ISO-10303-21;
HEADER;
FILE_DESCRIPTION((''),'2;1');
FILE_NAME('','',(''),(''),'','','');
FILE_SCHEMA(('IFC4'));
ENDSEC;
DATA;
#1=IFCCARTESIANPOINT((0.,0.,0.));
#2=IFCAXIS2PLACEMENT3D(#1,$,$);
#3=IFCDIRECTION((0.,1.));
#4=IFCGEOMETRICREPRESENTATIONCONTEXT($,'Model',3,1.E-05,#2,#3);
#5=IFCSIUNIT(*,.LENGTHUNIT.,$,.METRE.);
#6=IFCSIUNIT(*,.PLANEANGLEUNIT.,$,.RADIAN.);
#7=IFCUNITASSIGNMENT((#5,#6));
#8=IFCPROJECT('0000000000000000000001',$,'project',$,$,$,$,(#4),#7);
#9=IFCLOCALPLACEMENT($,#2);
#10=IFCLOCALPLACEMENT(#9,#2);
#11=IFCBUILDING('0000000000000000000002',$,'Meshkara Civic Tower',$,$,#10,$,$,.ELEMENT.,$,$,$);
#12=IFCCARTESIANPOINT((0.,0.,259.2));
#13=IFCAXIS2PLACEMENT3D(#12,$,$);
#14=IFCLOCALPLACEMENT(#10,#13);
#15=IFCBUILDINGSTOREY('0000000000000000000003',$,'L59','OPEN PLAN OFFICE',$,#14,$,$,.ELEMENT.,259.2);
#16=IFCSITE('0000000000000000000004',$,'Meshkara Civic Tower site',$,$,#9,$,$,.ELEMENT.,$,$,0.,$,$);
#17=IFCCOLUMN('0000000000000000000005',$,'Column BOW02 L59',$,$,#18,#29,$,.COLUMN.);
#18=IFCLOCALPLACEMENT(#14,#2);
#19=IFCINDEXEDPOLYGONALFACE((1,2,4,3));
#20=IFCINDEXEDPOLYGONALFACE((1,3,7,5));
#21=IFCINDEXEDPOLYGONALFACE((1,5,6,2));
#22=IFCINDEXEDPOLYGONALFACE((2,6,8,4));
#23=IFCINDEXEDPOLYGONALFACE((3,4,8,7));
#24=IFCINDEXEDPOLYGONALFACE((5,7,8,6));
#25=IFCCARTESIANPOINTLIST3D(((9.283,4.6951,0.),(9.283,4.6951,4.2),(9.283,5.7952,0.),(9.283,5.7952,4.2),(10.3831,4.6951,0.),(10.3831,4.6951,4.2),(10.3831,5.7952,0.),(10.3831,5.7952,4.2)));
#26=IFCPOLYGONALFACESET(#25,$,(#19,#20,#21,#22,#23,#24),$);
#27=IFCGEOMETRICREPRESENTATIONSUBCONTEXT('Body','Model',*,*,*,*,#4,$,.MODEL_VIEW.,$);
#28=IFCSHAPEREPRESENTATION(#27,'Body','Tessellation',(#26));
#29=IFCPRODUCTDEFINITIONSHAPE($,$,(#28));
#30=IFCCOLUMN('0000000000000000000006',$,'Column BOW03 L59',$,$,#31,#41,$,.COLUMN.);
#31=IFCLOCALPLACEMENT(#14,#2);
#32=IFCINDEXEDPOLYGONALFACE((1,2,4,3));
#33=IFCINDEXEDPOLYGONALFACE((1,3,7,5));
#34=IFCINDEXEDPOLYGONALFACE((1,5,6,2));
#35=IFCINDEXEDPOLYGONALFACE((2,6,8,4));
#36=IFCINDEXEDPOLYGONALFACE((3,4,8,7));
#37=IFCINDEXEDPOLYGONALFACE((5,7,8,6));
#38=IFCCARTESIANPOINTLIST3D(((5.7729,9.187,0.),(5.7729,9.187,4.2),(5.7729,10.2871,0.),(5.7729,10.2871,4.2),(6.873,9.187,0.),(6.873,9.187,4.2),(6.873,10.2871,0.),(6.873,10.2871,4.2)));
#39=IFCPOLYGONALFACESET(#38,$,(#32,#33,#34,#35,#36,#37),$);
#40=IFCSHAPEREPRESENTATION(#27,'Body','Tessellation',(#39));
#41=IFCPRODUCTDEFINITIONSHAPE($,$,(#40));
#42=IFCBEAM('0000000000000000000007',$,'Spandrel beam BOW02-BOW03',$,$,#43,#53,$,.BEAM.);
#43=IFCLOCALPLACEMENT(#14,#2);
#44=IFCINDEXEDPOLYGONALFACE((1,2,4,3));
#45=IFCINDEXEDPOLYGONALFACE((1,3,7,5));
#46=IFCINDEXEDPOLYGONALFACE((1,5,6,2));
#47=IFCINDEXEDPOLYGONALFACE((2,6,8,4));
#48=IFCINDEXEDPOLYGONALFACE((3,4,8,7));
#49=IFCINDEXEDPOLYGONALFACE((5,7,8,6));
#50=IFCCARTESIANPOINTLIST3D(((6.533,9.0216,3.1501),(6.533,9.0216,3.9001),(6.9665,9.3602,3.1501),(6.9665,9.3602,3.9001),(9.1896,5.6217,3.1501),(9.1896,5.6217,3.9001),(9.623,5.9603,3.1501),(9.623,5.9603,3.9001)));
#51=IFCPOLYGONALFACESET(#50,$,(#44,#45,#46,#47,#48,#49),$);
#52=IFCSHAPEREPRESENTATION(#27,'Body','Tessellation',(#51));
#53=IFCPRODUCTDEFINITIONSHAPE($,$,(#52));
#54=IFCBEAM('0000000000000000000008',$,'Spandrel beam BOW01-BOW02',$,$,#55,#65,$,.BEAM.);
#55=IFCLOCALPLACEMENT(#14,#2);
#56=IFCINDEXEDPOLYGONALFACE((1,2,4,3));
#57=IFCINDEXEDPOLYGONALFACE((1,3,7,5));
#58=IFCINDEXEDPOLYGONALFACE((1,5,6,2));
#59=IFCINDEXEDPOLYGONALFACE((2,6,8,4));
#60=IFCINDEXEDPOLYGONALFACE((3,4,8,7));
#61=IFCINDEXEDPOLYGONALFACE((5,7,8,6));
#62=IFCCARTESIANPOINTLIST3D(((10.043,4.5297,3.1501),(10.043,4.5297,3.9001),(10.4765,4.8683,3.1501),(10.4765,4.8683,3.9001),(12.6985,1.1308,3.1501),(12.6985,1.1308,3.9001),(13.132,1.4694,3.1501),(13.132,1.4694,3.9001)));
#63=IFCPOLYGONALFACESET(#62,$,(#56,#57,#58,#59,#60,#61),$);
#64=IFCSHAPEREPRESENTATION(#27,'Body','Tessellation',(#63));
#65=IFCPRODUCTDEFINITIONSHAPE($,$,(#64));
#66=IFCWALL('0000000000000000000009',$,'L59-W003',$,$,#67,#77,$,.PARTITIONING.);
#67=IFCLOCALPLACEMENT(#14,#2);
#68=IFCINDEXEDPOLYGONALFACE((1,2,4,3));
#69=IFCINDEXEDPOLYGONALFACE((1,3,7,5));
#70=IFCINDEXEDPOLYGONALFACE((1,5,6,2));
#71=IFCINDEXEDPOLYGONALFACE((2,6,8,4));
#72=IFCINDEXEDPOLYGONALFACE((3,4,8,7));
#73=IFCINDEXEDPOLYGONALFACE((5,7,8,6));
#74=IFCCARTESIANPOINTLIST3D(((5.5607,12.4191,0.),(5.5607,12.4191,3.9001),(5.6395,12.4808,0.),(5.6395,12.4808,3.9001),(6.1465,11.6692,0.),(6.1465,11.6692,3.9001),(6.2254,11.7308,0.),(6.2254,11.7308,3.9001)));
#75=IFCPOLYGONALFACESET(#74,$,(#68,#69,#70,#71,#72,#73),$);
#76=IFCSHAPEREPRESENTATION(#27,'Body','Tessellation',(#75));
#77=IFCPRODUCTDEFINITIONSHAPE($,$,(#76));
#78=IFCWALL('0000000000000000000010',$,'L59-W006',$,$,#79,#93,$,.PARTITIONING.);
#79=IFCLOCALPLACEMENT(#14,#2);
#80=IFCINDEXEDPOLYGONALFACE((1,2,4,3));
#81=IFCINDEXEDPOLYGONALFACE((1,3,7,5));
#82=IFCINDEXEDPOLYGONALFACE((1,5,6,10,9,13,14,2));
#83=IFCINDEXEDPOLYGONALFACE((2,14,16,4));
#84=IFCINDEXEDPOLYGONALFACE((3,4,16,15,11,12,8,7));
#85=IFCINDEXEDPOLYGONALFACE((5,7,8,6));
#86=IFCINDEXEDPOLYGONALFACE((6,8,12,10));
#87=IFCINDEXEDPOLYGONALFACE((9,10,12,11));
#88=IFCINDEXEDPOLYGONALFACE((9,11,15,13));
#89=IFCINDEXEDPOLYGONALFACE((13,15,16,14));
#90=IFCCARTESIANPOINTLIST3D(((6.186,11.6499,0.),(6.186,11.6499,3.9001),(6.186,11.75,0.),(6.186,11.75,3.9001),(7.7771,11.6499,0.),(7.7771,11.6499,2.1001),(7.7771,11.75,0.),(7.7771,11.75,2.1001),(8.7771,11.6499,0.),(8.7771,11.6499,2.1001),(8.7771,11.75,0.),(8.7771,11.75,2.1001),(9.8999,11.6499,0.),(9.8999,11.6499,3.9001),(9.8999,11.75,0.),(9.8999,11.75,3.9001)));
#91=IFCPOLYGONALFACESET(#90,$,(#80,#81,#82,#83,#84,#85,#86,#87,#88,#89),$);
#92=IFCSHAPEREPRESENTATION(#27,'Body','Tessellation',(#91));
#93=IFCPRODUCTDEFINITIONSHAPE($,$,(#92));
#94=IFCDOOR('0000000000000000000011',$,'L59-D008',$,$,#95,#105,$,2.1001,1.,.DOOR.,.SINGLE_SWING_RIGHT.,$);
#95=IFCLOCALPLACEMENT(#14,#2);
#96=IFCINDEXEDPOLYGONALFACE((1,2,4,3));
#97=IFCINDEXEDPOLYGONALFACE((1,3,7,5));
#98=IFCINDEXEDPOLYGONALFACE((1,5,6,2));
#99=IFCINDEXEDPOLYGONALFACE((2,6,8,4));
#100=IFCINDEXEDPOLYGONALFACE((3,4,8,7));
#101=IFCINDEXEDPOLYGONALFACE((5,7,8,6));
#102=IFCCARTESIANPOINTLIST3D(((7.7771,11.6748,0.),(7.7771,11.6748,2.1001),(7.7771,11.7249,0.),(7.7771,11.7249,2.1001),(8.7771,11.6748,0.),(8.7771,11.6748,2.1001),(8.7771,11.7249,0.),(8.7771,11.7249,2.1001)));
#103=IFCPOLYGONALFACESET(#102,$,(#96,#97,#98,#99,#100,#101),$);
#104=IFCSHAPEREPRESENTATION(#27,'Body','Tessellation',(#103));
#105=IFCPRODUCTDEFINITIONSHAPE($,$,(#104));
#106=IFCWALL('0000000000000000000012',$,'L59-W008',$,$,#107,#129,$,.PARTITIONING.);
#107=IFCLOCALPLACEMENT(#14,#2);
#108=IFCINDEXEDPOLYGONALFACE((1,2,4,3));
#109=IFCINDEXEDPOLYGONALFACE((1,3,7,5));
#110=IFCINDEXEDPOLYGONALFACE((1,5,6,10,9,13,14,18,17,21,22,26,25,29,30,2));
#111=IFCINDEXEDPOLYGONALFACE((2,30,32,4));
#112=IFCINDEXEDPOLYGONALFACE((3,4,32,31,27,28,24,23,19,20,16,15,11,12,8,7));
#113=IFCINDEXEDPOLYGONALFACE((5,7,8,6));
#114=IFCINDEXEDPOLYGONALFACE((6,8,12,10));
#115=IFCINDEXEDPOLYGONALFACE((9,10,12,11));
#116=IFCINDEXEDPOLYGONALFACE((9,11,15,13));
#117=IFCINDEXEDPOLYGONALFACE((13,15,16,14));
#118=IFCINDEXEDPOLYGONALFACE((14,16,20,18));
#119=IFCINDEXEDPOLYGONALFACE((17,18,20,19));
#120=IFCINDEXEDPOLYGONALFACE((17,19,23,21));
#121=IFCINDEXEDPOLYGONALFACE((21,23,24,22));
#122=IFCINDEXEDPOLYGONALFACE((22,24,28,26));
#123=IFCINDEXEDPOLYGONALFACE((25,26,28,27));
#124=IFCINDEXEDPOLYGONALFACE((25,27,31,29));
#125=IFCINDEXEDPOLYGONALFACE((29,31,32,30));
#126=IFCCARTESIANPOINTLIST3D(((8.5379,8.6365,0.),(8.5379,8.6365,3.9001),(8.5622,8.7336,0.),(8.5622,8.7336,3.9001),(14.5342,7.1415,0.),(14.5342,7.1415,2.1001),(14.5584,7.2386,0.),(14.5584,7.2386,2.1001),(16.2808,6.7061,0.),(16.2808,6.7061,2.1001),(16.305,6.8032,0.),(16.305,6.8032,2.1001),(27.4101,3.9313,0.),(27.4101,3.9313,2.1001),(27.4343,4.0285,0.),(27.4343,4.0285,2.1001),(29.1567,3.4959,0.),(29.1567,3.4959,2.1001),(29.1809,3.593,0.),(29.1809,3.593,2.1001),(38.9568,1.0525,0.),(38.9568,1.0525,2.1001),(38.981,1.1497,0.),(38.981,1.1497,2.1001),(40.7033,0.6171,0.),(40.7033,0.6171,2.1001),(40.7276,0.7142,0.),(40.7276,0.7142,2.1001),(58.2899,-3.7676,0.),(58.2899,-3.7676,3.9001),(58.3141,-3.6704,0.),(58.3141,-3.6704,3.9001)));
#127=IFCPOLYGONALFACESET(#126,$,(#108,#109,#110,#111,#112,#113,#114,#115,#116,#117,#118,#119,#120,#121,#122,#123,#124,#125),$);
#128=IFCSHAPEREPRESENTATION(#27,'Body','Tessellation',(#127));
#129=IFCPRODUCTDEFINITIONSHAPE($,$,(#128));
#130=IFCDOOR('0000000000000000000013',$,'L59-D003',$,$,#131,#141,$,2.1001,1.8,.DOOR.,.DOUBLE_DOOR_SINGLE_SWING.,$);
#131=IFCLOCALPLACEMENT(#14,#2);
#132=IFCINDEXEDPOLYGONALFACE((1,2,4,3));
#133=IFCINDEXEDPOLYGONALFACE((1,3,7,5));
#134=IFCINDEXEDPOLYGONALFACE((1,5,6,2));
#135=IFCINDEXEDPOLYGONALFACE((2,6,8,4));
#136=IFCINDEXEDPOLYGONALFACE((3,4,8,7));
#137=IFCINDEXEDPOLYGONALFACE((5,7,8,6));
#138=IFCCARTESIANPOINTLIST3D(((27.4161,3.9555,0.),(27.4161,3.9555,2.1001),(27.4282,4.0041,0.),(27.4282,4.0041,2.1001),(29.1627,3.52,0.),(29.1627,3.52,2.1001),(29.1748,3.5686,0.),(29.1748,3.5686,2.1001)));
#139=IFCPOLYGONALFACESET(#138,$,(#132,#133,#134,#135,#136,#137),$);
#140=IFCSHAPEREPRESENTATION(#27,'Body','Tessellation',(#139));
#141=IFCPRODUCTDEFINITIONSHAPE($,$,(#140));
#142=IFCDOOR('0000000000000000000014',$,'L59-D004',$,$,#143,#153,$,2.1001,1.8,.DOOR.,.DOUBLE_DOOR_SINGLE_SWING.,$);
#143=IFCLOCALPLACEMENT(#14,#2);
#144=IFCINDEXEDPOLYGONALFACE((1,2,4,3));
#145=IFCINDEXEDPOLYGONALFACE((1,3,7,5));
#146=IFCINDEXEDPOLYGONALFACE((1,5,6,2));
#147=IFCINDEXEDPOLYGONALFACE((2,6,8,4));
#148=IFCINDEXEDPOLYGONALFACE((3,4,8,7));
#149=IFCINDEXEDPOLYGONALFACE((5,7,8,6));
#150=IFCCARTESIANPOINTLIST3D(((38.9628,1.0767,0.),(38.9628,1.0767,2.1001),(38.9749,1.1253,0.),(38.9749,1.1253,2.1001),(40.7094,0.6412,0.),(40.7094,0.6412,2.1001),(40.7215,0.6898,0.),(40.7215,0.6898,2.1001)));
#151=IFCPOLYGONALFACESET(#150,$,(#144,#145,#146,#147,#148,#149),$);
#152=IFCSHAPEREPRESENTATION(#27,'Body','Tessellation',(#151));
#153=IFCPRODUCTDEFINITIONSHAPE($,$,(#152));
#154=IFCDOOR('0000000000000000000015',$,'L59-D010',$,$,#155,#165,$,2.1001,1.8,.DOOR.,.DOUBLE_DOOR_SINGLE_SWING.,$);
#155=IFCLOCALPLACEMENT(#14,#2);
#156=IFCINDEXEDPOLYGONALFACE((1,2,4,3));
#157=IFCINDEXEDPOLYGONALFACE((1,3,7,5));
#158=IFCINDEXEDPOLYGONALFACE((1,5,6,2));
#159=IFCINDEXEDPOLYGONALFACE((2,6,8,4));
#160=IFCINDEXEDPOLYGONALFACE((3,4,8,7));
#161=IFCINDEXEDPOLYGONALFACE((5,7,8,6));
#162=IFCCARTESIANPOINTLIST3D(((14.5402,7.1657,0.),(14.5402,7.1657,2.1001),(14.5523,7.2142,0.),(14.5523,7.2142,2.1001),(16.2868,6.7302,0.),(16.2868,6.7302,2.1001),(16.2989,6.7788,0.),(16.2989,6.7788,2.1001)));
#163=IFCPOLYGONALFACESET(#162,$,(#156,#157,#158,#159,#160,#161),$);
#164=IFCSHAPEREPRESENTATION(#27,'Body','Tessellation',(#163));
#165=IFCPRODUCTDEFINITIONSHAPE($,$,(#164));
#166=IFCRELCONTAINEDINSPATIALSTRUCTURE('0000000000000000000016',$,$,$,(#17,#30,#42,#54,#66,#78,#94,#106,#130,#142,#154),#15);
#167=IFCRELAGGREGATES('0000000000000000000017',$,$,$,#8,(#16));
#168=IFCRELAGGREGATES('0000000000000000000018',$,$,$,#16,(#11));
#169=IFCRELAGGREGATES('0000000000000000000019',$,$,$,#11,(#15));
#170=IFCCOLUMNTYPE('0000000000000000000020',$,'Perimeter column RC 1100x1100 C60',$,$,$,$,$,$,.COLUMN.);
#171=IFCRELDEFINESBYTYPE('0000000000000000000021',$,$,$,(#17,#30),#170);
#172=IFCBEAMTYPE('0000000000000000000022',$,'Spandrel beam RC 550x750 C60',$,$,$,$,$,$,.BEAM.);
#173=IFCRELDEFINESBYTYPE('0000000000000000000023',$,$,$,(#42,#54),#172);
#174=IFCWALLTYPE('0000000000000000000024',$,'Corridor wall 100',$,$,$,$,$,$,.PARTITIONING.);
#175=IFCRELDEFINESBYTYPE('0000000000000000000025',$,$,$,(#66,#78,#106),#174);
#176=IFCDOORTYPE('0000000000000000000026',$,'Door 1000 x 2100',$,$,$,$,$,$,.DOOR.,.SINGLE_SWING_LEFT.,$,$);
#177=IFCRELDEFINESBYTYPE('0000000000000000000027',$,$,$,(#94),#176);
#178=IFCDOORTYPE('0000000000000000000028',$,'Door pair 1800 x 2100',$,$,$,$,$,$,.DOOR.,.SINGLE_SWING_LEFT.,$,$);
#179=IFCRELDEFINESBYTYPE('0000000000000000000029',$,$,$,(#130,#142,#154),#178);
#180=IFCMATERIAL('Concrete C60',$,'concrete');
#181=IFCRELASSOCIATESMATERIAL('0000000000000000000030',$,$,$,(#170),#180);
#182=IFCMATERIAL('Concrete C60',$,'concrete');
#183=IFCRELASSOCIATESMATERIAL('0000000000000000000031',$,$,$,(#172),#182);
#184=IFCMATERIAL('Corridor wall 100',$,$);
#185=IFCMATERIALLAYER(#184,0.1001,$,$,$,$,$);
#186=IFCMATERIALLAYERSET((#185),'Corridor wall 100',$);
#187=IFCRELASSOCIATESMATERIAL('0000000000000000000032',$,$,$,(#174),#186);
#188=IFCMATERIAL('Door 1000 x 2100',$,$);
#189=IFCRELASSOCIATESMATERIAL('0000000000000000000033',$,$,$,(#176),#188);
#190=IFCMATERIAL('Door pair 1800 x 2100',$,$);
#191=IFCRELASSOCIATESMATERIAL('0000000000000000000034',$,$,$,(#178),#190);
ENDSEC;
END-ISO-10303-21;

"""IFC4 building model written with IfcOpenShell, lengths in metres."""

from ifc_helpers import new_model, si_unit, direction, frame, frame_2d, origin, origin_2d, place, context, subcontext, project, spatial, rectangle, extrude, material, layer, layer_set, material_profile, profile_set, type_object, element, fill, save


model = new_model("IFC4")

# Units and contexts
model_context = context("Model", 3, precision=1e-05, world=origin(), true_north=direction((0.0, 1.0)))
body_context = subcontext(model_context, "Body", "Model", "MODEL_VIEW")
ifc_project = project(units=[si_unit("LENGTHUNIT", "METRE"), si_unit("PLANEANGLEUNIT", "RADIAN")], contexts=[model_context])

# Site, building, storey
site_placement = place(None, origin())
site = spatial("IfcSite", under=ifc_project, at=site_placement, Name="Meshkara Civic Tower site", CompositionType="ELEMENT", RefElevation=0.0)
building_placement = place(site_placement, origin())
building = spatial("IfcBuilding", under=site, at=building_placement, Name="Meshkara Civic Tower", CompositionType="ELEMENT")
storey_placement = place(building_placement, frame((0.0, 0.0, 259.2)))
storey = spatial("IfcBuildingStorey", under=building, at=storey_placement, Name="L59", Description="OPEN PLAN OFFICE", CompositionType="ELEMENT", Elevation=259.2)

# Columns
ifc_material_1 = material(Name="Concrete C60", Category="concrete")
ifc_material_profile_1 = material_profile(ifc_material_1, rectangle(XDim=1.1001, YDim=1.1001, at=origin_2d()))
ifc_profile_set_1 = profile_set([ifc_material_profile_1], Name="Concrete C60")
column_type = type_object("IfcColumnType", Name="Perimeter column RC 1100x1100 C60", PredefinedType="COLUMN", material=ifc_profile_set_1)
for number, where, z_axis, x_axis, name in (
    (1, (9.833, 5.2451, 0.0), (0.0, 0.0, 1.0), (1.0, 0.0, 0.0), "Column BOW02 L59"),
    (2, (6.323, 9.7371, 0.0), (0.0, 0.0, 1.0), (1.0, 0.0, 0.0), "Column BOW03 L59"),
):
    element("IfcColumn", number, at=place(storey_placement, frame(where, z_axis=z_axis, x_axis=x_axis)), inside=storey, type_object=column_type, Name=name, PredefinedType="COLUMN", context=body_context, shape_type="SweptSolid", body=[
        extrude(rectangle(XDim=1.1001, YDim=1.1001, at=origin_2d()), origin(), (0.0, 0.0, 1.0), 4.2),
    ])

# Beams
ifc_material_2 = material(Name="Concrete C60", Category="concrete")
ifc_material_profile_2 = material_profile(ifc_material_2, rectangle(XDim=0.55, YDim=0.75, at=origin_2d()))
ifc_profile_set_2 = profile_set([ifc_material_profile_2], Name="Concrete C60")
beam_type = type_object("IfcBeamType", Name="Spandrel beam RC 550x750 C60", PredefinedType="BEAM", material=ifc_profile_set_2)
beam_1_placement = place(storey_placement, frame((6.7498, 9.1909, 3.5251), z_axis=(0.61569, -0.787988, 0.0), x_axis=(0.787988, 0.61569, 0.0)))
element("IfcBeam", 3, at=beam_1_placement, inside=storey, type_object=beam_type, Name="Spandrel beam BOW02-BOW03", PredefinedType="BEAM", context=body_context, shape_type="SweptSolid", body=[
    extrude(rectangle(XDim=0.55, YDim=0.75, at=origin_2d()), origin(), (0.0, 0.0, 1.0), 4.3147),
])
beam_2_placement = place(storey_placement, frame((10.2598, 4.699, 3.5251), z_axis=(0.615659, -0.788012, 0.0), x_axis=(0.788012, 0.615659, 0.0)))
element("IfcBeam", 4, at=beam_2_placement, inside=storey, type_object=beam_type, Name="Spandrel beam BOW01-BOW02", PredefinedType="BEAM", context=body_context, shape_type="SweptSolid", body=[
    extrude(rectangle(XDim=0.55, YDim=0.75, at=origin_2d()), origin(), (0.0, 0.0, 1.0), 4.3132),
])

# Wall
ifc_material_3 = material(Name="Corridor wall 100")
ifc_layer_1 = layer(ifc_material_3, 0.1001)
ifc_layer_set_1 = layer_set([ifc_layer_1], Name="Corridor wall 100")
wall_type_1 = type_object("IfcWallType", Name="Corridor wall 100", PredefinedType="PARTITIONING", material=ifc_layer_set_1)
wall_1_placement = place(storey_placement, frame((5.6001, 12.45, 0.0), z_axis=(0.0, 0.0, 1.0), x_axis=(0.615644, -0.788024, 0.0)))
element("IfcWall", 5, at=wall_1_placement, inside=storey, type_object=wall_type_1, Name="L59-W003", PredefinedType="PARTITIONING", context=body_context, shape_type="SweptSolid", body=[
    extrude(rectangle(XDim=0.9517, YDim=0.1001, at=frame_2d((0.4758, 0.0))), origin(), (0.0, 0.0, 1.0), 3.9001),
])

# Wall, opening, door
wall_2_placement = place(storey_placement, frame((6.186, 11.7, 0.0), z_axis=(0.0, 0.0, 1.0), x_axis=(1.0, 0.0, 0.0)))
wall_2 = element("IfcWall", 6, at=wall_2_placement, inside=storey, type_object=wall_type_1, Name="L59-W006", PredefinedType="PARTITIONING", context=body_context, shape_type="SweptSolid", body=[
    extrude(rectangle(XDim=3.7139, YDim=0.1001, at=frame_2d((1.8569, 0.0))), origin(), (0.0, 0.0, 1.0), 3.9001),
])
opening_1_placement = place(wall_2_placement, frame((1.5911, 0.0, 0.0)))
opening_1 = element("IfcOpeningElement", 7, at=opening_1_placement, cuts=wall_2, PredefinedType="OPENING", context=body_context, shape_type="SweptSolid", body=[
    extrude(rectangle(XDim=1.0, YDim=2.1001, at=frame_2d((0.5, 1.05))), frame((0.0, 0.0601, 0.0), z_axis=(0.0, -1.0, 0.0), x_axis=(1.0, 0.0, 0.0)), (0.0, 0.0, 1.0), 0.1201),
])
ifc_material_4 = material(Name="Door 1000 x 2100")
door_type_1 = type_object("IfcDoorType", Name="Door 1000 x 2100", OperationType="SINGLE_SWING_LEFT", PredefinedType="DOOR", material=ifc_material_4)
door_1_placement = place(opening_1_placement, origin())
door_1 = element("IfcDoor", 8, at=door_1_placement, inside=storey, type_object=door_type_1, Name="L59-D008", OperationType="SINGLE_SWING_RIGHT", OverallHeight=2.1001, OverallWidth=1.0, PredefinedType="DOOR", context=body_context, shape_type="SweptSolid", body=[
    extrude(rectangle(XDim=1.0, YDim=2.1001, at=frame_2d((0.5, 1.05))), frame((0.0, 0.0249, 0.0), z_axis=(0.0, -1.0, 0.0), x_axis=(1.0, 0.0, 0.0)), (0.0, 0.0, 1.0), 0.05),
])
fill(opening_1, door_1)

# Wall, openings, doors
wall_3_placement = place(storey_placement, frame((8.55, 8.6851, 0.0), z_axis=(0.0, 0.0, 1.0), x_axis=(0.970298, -0.241913, 0.0)))
wall_3 = element("IfcWall", 9, at=wall_3_placement, inside=storey, type_object=wall_type_1, Name="L59-W008", PredefinedType="PARTITIONING", context=body_context, shape_type="SweptSolid", body=[
    extrude(rectangle(XDim=51.2749, YDim=0.1001, at=frame_2d((25.6375, 0.0))), origin(), (0.0, 0.0, 1.0), 3.9001),
])
opening_2_placement = place(wall_3_placement, frame((19.45, 0.0, 0.0)))
opening_2 = element("IfcOpeningElement", 10, at=opening_2_placement, cuts=wall_3, PredefinedType="OPENING", context=body_context, shape_type="SweptSolid", body=[
    extrude(rectangle(XDim=1.8, YDim=2.1001, at=frame_2d((0.8999, 1.05))), frame((0.0, 0.0601, 0.0), z_axis=(0.0, -1.0, 0.0), x_axis=(1.0, 0.0, 0.0)), (0.0, 0.0, 1.0), 0.1201),
])
opening_3_placement = place(wall_3_placement, frame((31.3501, 0.0, 0.0)))
opening_3 = element("IfcOpeningElement", 11, at=opening_3_placement, cuts=wall_3, PredefinedType="OPENING", context=body_context, shape_type="SweptSolid", body=[
    extrude(rectangle(XDim=1.8, YDim=2.1001, at=frame_2d((0.8999, 1.05))), frame((0.0, 0.0601, 0.0), z_axis=(0.0, -1.0, 0.0), x_axis=(1.0, 0.0, 0.0)), (0.0, 0.0, 1.0), 0.1201),
])
opening_4_placement = place(wall_3_placement, frame((6.1799, 0.0, 0.0)))
opening_4 = element("IfcOpeningElement", 12, at=opening_4_placement, cuts=wall_3, PredefinedType="OPENING", context=body_context, shape_type="SweptSolid", body=[
    extrude(rectangle(XDim=1.8, YDim=2.1001, at=frame_2d((0.8999, 1.05))), frame((0.0, 0.0601, 0.0), z_axis=(0.0, -1.0, 0.0), x_axis=(1.0, 0.0, 0.0)), (0.0, 0.0, 1.0), 0.1201),
])
ifc_material_5 = material(Name="Door pair 1800 x 2100")
door_type_2 = type_object("IfcDoorType", Name="Door pair 1800 x 2100", OperationType="SINGLE_SWING_LEFT", PredefinedType="DOOR", material=ifc_material_5)
door_2_placement = place(opening_2_placement, origin())
door_2 = element("IfcDoor", 13, at=door_2_placement, inside=storey, type_object=door_type_2, Name="L59-D003", OperationType="DOUBLE_DOOR_SINGLE_SWING", OverallHeight=2.1001, OverallWidth=1.8, PredefinedType="DOOR", context=body_context, shape_type="SweptSolid", body=[
    extrude(rectangle(XDim=1.8, YDim=2.1001, at=frame_2d((0.8999, 1.05))), frame((0.0, 0.0249, 0.0), z_axis=(0.0, -1.0, 0.0), x_axis=(1.0, 0.0, 0.0)), (0.0, 0.0, 1.0), 0.05),
])
fill(opening_2, door_2)
door_3_placement = place(opening_3_placement, origin())
door_3 = element("IfcDoor", 14, at=door_3_placement, inside=storey, type_object=door_type_2, Name="L59-D004", OperationType="DOUBLE_DOOR_SINGLE_SWING", OverallHeight=2.1001, OverallWidth=1.8, PredefinedType="DOOR", context=body_context, shape_type="SweptSolid", body=[
    extrude(rectangle(XDim=1.8, YDim=2.1001, at=frame_2d((0.8999, 1.05))), frame((0.0, 0.0249, 0.0), z_axis=(0.0, -1.0, 0.0), x_axis=(1.0, 0.0, 0.0)), (0.0, 0.0, 1.0), 0.05),
])
fill(opening_3, door_3)
door_4_placement = place(opening_4_placement, origin())
door_4 = element("IfcDoor", 15, at=door_4_placement, inside=storey, type_object=door_type_2, Name="L59-D010", OperationType="DOUBLE_DOOR_SINGLE_SWING", OverallHeight=2.1001, OverallWidth=1.8, PredefinedType="DOOR", context=body_context, shape_type="SweptSolid", body=[
    extrude(rectangle(XDim=1.8, YDim=2.1001, at=frame_2d((0.8999, 1.05))), frame((0.0, 0.0249, 0.0), z_axis=(0.0, -1.0, 0.0), x_axis=(1.0, 0.0, 0.0)), (0.0, 0.0, 1.0), 0.05),
])
fill(opening_4, door_4)

save(model, "model.ifc")
